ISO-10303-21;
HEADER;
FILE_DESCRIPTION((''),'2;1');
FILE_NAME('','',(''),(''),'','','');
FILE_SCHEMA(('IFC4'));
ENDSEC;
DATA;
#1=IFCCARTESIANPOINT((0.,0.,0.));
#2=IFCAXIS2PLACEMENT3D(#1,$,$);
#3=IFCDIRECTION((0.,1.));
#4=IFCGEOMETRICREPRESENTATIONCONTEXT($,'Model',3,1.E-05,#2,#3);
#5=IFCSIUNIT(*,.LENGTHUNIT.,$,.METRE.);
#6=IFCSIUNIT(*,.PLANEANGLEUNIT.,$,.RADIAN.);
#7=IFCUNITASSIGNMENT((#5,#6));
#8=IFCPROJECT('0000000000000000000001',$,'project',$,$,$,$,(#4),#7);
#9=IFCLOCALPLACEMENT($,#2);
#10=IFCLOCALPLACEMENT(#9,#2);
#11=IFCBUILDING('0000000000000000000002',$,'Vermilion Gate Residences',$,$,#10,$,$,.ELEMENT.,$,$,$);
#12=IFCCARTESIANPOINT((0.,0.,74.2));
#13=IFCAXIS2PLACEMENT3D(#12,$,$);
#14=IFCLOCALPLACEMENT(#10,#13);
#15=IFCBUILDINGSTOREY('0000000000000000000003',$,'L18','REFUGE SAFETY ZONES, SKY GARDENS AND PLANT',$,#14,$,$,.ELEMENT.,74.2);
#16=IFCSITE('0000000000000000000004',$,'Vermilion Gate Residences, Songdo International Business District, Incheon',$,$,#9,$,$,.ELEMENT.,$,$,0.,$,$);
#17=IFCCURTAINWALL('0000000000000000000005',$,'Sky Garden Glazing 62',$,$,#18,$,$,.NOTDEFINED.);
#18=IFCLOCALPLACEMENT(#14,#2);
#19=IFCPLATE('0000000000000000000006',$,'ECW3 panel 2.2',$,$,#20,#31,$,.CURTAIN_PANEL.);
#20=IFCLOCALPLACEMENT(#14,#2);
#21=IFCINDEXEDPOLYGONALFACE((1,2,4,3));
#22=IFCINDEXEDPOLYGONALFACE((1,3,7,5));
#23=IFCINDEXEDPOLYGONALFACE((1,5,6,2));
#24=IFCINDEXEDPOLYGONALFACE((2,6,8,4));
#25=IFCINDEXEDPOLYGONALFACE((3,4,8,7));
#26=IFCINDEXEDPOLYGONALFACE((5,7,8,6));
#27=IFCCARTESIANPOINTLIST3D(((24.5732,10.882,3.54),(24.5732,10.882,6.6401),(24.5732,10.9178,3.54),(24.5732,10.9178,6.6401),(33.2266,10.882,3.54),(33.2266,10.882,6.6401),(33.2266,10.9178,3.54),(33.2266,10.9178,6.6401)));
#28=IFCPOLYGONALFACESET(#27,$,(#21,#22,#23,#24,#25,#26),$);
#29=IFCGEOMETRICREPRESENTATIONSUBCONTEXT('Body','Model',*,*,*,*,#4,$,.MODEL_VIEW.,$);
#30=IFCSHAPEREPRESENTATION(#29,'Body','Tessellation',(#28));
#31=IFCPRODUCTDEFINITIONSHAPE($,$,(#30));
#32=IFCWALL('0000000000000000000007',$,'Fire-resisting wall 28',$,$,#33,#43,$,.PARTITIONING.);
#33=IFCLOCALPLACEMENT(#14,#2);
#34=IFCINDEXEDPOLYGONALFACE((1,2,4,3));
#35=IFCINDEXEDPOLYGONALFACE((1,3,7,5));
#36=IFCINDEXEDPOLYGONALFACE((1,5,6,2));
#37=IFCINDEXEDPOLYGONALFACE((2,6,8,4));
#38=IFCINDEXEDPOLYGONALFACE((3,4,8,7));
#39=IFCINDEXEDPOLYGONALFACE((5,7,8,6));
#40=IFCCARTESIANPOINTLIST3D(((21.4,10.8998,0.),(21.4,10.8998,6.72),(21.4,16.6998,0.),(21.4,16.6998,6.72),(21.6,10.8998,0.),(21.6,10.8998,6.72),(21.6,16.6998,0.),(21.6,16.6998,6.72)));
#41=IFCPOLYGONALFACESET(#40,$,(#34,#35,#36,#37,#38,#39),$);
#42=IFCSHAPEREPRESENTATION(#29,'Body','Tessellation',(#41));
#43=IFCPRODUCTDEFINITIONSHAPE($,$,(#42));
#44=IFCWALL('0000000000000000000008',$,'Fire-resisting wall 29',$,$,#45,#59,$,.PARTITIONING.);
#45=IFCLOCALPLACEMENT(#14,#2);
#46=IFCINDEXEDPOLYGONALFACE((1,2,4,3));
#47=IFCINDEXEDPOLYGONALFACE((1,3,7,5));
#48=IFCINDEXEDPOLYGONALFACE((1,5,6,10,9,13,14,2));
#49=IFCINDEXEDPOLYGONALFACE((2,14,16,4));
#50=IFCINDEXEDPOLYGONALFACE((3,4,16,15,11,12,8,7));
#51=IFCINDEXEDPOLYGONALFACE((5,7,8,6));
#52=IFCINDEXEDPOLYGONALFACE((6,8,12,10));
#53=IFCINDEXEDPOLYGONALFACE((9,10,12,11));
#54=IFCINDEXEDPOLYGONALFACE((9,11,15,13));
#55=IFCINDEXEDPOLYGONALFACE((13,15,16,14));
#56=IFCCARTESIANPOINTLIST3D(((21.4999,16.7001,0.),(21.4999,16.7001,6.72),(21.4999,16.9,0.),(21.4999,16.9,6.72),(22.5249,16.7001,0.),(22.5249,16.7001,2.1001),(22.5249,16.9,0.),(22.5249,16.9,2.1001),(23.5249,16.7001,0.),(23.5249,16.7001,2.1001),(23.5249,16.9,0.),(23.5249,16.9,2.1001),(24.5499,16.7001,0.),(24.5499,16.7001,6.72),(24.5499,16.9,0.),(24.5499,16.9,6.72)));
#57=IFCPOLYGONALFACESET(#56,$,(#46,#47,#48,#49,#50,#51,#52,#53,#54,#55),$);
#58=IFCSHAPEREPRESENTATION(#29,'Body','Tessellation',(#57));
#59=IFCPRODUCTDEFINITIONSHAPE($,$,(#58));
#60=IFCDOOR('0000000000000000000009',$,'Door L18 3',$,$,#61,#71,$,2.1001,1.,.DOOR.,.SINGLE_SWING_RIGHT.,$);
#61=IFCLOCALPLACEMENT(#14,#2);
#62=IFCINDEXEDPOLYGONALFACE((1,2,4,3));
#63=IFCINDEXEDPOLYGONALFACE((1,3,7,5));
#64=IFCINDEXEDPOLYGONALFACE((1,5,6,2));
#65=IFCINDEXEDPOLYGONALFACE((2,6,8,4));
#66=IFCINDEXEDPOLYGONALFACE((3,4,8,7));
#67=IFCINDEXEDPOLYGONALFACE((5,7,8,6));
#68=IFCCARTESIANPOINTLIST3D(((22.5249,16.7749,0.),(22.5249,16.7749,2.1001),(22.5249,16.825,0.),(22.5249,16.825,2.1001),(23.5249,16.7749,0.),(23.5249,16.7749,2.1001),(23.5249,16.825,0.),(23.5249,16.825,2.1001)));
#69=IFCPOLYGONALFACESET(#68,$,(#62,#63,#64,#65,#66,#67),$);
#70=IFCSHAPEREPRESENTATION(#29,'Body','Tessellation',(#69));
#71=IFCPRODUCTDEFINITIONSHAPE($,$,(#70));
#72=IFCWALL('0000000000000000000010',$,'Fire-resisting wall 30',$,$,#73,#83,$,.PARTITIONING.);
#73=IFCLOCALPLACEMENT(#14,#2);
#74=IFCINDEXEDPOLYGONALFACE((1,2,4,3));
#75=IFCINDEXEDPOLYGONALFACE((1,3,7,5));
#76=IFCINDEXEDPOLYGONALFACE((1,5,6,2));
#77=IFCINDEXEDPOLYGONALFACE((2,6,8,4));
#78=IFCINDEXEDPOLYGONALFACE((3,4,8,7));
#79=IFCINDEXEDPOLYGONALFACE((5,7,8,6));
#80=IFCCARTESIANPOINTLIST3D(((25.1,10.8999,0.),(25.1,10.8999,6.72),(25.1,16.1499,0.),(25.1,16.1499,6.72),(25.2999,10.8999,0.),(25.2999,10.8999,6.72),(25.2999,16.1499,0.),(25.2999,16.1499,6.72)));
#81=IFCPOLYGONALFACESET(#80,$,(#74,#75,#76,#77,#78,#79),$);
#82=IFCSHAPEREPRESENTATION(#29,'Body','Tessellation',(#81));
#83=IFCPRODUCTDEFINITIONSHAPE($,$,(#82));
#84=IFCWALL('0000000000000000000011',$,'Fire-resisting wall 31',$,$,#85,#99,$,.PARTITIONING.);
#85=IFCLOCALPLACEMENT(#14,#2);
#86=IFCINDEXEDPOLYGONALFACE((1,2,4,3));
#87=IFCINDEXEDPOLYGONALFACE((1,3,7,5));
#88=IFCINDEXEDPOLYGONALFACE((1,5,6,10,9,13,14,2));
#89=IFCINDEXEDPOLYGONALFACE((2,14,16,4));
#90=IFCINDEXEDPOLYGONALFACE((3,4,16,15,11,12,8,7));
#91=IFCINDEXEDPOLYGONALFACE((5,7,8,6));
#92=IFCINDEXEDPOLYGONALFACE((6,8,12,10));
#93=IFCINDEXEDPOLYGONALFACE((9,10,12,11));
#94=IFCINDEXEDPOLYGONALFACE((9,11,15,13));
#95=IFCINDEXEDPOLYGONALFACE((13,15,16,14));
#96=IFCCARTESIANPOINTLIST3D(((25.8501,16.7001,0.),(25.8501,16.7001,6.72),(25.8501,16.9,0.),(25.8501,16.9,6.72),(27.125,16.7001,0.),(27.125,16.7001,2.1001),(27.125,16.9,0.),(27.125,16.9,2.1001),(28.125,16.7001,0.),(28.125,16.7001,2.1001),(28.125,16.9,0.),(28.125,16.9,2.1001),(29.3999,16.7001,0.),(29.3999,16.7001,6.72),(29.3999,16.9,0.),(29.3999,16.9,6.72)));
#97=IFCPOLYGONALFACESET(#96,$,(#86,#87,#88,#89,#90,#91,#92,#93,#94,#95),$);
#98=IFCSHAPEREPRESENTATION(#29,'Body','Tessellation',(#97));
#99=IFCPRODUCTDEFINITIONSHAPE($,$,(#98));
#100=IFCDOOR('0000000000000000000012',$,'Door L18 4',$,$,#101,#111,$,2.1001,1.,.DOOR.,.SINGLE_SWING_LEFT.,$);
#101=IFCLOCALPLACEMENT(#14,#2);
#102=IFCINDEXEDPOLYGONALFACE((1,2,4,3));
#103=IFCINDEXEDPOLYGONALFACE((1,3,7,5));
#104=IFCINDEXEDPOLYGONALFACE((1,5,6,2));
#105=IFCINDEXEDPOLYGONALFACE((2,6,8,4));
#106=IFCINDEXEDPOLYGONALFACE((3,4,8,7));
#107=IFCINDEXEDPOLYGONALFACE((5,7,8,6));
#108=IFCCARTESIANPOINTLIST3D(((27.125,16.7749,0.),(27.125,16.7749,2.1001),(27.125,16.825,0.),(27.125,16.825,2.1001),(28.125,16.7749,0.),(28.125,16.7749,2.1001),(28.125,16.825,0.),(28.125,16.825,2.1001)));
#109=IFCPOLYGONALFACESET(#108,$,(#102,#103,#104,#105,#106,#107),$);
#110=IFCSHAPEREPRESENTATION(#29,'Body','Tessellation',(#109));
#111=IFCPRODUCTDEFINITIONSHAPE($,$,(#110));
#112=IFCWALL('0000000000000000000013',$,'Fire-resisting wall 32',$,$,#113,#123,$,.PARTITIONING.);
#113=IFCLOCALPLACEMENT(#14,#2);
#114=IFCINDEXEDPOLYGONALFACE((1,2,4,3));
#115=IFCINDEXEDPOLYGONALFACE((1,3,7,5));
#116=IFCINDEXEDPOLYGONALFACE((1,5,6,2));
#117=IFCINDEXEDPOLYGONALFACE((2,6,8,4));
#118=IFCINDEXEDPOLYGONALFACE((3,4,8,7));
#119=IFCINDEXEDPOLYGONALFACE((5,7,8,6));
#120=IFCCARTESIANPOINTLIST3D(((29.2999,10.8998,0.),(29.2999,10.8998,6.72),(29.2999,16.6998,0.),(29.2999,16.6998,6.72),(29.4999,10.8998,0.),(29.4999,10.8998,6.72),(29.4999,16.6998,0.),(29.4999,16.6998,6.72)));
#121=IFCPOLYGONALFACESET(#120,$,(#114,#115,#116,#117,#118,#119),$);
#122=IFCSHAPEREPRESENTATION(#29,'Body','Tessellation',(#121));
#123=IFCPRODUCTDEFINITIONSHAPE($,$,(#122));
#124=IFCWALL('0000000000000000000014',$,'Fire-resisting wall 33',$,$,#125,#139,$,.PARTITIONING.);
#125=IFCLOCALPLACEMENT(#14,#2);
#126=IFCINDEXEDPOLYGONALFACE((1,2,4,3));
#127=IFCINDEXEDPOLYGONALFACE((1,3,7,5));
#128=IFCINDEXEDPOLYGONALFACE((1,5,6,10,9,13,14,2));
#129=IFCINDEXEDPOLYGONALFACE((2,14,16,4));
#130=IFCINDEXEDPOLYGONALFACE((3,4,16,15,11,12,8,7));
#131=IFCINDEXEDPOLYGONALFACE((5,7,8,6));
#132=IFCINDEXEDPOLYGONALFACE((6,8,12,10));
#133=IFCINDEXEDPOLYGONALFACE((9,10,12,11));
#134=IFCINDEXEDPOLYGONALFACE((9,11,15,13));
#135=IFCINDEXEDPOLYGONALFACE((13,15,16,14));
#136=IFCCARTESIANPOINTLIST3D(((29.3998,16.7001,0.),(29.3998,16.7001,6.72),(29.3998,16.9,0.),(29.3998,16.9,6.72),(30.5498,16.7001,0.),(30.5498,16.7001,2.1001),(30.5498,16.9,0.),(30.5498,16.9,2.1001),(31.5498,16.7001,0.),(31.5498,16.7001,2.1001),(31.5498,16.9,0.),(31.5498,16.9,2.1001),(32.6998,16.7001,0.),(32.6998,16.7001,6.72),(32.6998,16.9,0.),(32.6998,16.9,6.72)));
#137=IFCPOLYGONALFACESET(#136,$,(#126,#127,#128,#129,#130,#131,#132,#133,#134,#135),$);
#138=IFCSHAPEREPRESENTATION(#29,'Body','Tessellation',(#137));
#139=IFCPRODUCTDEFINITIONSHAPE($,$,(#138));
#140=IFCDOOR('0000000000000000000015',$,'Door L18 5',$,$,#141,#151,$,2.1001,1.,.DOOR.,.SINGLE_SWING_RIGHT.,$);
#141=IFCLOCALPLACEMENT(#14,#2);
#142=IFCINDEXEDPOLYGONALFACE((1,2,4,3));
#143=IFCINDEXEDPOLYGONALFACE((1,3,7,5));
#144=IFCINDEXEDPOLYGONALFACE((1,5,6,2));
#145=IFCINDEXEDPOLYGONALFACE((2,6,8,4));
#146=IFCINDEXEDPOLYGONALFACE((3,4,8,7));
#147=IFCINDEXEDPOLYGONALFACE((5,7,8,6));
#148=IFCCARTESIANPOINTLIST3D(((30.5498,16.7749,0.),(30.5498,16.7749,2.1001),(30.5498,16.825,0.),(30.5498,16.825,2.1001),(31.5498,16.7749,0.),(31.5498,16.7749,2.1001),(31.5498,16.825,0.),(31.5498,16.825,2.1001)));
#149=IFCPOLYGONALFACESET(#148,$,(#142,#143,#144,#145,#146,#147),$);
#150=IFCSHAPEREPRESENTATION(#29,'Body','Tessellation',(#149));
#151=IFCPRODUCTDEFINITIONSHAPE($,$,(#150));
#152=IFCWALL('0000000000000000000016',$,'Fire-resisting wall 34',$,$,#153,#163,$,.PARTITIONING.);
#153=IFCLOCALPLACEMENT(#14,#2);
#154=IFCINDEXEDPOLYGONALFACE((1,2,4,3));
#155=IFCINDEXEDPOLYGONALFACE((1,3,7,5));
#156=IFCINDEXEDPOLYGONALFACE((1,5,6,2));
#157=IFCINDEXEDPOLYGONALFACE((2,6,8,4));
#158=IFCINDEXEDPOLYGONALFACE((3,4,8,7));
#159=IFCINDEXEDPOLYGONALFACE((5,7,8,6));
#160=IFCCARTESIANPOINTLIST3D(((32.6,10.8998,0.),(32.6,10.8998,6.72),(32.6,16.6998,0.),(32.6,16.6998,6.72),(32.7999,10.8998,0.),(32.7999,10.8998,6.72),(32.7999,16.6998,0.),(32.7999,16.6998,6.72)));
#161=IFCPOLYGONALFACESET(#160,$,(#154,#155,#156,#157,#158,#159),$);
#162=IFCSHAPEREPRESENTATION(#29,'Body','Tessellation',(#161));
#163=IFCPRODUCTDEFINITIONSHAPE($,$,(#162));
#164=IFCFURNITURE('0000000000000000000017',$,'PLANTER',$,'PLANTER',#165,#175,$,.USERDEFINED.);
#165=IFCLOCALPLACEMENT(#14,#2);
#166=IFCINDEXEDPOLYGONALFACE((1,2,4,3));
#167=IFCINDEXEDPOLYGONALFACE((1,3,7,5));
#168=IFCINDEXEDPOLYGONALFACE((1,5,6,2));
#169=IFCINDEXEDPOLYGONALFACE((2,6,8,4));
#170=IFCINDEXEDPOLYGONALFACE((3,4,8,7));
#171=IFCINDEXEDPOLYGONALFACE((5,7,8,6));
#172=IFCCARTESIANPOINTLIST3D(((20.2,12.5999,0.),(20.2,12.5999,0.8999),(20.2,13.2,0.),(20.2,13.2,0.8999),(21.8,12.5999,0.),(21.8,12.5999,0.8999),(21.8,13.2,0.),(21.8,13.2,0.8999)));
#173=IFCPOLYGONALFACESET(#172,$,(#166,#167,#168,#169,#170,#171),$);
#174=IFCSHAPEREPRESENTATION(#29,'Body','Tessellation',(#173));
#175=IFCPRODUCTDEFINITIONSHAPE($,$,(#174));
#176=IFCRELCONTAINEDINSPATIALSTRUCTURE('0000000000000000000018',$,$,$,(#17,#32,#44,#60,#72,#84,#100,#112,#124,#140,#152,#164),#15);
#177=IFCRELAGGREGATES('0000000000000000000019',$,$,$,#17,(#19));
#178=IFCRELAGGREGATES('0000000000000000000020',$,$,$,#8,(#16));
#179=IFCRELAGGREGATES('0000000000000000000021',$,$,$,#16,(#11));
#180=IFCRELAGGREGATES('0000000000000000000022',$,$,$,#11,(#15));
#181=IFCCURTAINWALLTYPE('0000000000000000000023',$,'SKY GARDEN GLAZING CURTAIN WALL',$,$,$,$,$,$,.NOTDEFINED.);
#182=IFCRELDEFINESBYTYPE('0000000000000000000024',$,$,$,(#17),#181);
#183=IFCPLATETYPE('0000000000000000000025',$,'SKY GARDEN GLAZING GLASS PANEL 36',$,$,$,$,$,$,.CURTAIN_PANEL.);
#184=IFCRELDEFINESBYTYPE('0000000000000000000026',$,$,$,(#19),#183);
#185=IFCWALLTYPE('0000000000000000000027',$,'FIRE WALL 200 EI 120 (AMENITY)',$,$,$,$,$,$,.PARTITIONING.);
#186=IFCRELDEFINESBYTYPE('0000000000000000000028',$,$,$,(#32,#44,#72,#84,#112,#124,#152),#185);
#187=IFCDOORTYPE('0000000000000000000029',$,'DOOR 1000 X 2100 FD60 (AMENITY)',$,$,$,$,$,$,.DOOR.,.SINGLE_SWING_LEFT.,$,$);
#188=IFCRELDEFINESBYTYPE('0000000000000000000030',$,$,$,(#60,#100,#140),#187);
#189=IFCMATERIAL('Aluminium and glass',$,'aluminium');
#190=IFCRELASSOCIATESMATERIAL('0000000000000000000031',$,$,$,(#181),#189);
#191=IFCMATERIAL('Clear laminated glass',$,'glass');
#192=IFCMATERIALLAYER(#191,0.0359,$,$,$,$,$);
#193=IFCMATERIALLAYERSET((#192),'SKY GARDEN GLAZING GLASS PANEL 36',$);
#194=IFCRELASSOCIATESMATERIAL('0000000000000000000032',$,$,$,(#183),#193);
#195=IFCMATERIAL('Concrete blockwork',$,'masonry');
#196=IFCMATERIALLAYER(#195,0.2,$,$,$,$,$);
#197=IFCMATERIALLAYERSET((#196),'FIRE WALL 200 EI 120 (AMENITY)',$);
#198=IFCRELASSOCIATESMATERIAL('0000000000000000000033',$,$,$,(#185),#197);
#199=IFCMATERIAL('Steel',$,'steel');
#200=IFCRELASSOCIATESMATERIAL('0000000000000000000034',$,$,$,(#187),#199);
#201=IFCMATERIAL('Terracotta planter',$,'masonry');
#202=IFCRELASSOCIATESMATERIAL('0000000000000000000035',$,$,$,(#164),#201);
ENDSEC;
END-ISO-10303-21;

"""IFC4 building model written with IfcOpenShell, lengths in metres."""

from ifc_helpers import new_model, si_unit, direction, frame, frame_2d, origin, origin_2d, place, context, subcontext, project, spatial, rectangle, extrude, material, layer, layer_set, type_object, element, fill, aggregate, save


model = new_model("IFC4")

# Units and contexts
model_context = context("Model", 3, precision=1e-05, world=origin(), true_north=direction((0.0, 1.0)))
body_context = subcontext(model_context, "Body", "Model", "MODEL_VIEW")
ifc_project = project(units=[si_unit("LENGTHUNIT", "METRE"), si_unit("PLANEANGLEUNIT", "RADIAN")], contexts=[model_context])

# Site, building, storey
site_placement = place(None, origin())
site = spatial("IfcSite", under=ifc_project, at=site_placement, Name="Vermilion Gate Residences, Songdo International Business District, Incheon", CompositionType="ELEMENT", RefElevation=0.0)
building_placement = place(site_placement, origin())
building = spatial("IfcBuilding", under=site, at=building_placement, Name="Vermilion Gate Residences", CompositionType="ELEMENT")
storey_placement = place(building_placement, frame((0.0, 0.0, 74.2)))
storey = spatial("IfcBuildingStorey", under=building, at=storey_placement, Name="L18", Description="REFUGE SAFETY ZONES, SKY GARDENS AND PLANT", CompositionType="ELEMENT", Elevation=74.2)

# Curtain wall
ifc_material_1 = material(Name="Aluminium and glass", Category="aluminium")
curtain_wall_type = type_object("IfcCurtainWallType", Name="SKY GARDEN GLAZING CURTAIN WALL", PredefinedType="NOTDEFINED", material=ifc_material_1)
curtain_wall_1_placement = place(storey_placement, origin())
curtain_wall_1 = element("IfcCurtainWall", 1, at=curtain_wall_1_placement, inside=storey, type_object=curtain_wall_type, Name="Sky Garden Glazing 62", PredefinedType="NOTDEFINED")

# Plate
ifc_material_2 = material(Name="Clear laminated glass", Category="glass")
ifc_layer_1 = layer(ifc_material_2, 0.0359)
ifc_layer_set_1 = layer_set([ifc_layer_1], Name="SKY GARDEN GLAZING GLASS PANEL 36")
plate_type = type_object("IfcPlateType", Name="SKY GARDEN GLAZING GLASS PANEL 36", PredefinedType="CURTAIN_PANEL", material=ifc_layer_set_1)
plate_1_placement = place(storey_placement, frame((28.8999, 10.8999, 3.54), z_axis=(0.0, 0.0, 1.0), x_axis=(1.0, 0.0, 0.0)))
plate_1 = element("IfcPlate", 2, at=plate_1_placement, type_object=plate_type, Name="ECW3 panel 2.2", PredefinedType="CURTAIN_PANEL", context=body_context, shape_type="SweptSolid", body=[
    extrude(rectangle(XDim=8.6533, YDim=0.0359, at=origin_2d()), origin(), (0.0, 0.0, 1.0), 3.1001),
])
aggregate(curtain_wall_1, [plate_1])

# Wall
ifc_material_3 = material(Name="Concrete blockwork", Category="masonry")
ifc_layer_2 = layer(ifc_material_3, 0.2)
ifc_layer_set_2 = layer_set([ifc_layer_2], Name="FIRE WALL 200 EI 120 (AMENITY)")
wall_type = type_object("IfcWallType", Name="FIRE WALL 200 EI 120 (AMENITY)", PredefinedType="PARTITIONING", material=ifc_layer_set_2)
wall_1_placement = place(storey_placement, frame((21.5, 10.8999, 0.0), z_axis=(0.0, 0.0, 1.0), x_axis=(0.0, 1.0, 0.0)))
element("IfcWall", 3, at=wall_1_placement, inside=storey, type_object=wall_type, Name="Fire-resisting wall 28", PredefinedType="PARTITIONING", context=body_context, shape_type="SweptSolid", body=[
    extrude(rectangle(XDim=5.8, YDim=0.2, at=frame_2d((2.8999, 0.0))), origin(), (0.0, 0.0, 1.0), 6.72),
])

# Wall, opening, door
wall_2_placement = place(storey_placement, frame((21.5, 16.8, 0.0), z_axis=(0.0, 0.0, 1.0), x_axis=(1.0, 0.0, 0.0)))
wall_2 = element("IfcWall", 4, at=wall_2_placement, inside=storey, type_object=wall_type, Name="Fire-resisting wall 29", PredefinedType="PARTITIONING", context=body_context, shape_type="SweptSolid", body=[
    extrude(rectangle(XDim=3.05, YDim=0.2, at=frame_2d((1.5249, 0.0))), origin(), (0.0, 0.0, 1.0), 6.72),
])
opening_1_placement = place(wall_2_placement, frame((1.0249, 0.0, 0.0)))
opening_1 = element("IfcOpeningElement", 5, at=opening_1_placement, cuts=wall_2, PredefinedType="OPENING", context=body_context, shape_type="SweptSolid", body=[
    extrude(rectangle(XDim=1.0, YDim=2.1001, at=frame_2d((0.5, 1.05))), frame((0.0, 0.1099, 0.0), z_axis=(0.0, -1.0, 0.0), x_axis=(1.0, 0.0, 0.0)), (0.0, 0.0, 1.0), 0.22),
])
ifc_material_4 = material(Name="Steel", Category="steel")
door_type = type_object("IfcDoorType", Name="DOOR 1000 X 2100 FD60 (AMENITY)", OperationType="SINGLE_SWING_LEFT", PredefinedType="DOOR", material=ifc_material_4)
door_1_placement = place(opening_1_placement, origin())
door_1 = element("IfcDoor", 6, at=door_1_placement, inside=storey, type_object=door_type, Name="Door L18 3", OperationType="SINGLE_SWING_RIGHT", OverallHeight=2.1001, OverallWidth=1.0, PredefinedType="DOOR", context=body_context, shape_type="SweptSolid", body=[
    extrude(rectangle(XDim=1.0, YDim=2.1001, at=frame_2d((0.5, 1.05))), frame((0.0, 0.0249, 0.0), z_axis=(0.0, -1.0, 0.0), x_axis=(1.0, 0.0, 0.0)), (0.0, 0.0, 1.0), 0.05),
])
fill(opening_1, door_1)

# Wall
wall_3_placement = place(storey_placement, frame((25.2, 10.8999, 0.0), z_axis=(0.0, 0.0, 1.0), x_axis=(0.0, 1.0, 0.0)))
element("IfcWall", 7, at=wall_3_placement, inside=storey, type_object=wall_type, Name="Fire-resisting wall 30", PredefinedType="PARTITIONING", context=body_context, shape_type="SweptSolid", body=[
    extrude(rectangle(XDim=5.25, YDim=0.2, at=frame_2d((2.625, 0.0))), origin(), (0.0, 0.0, 1.0), 6.72),
])

# Wall, opening, door
wall_4_placement = place(storey_placement, frame((25.8501, 16.8, 0.0), z_axis=(0.0, 0.0, 1.0), x_axis=(1.0, 0.0, 0.0)))
wall_4 = element("IfcWall", 8, at=wall_4_placement, inside=storey, type_object=wall_type, Name="Fire-resisting wall 31", PredefinedType="PARTITIONING", context=body_context, shape_type="SweptSolid", body=[
    extrude(rectangle(XDim=3.5498, YDim=0.2, at=frame_2d((1.7749, 0.0))), origin(), (0.0, 0.0, 1.0), 6.72),
])
opening_2_placement = place(wall_4_placement, frame((1.2749, 0.0, 0.0)))
opening_2 = element("IfcOpeningElement", 9, at=opening_2_placement, cuts=wall_4, PredefinedType="OPENING", context=body_context, shape_type="SweptSolid", body=[
    extrude(rectangle(XDim=1.0, YDim=2.1001, at=frame_2d((0.5, 1.05))), frame((0.0, 0.1099, 0.0), z_axis=(0.0, -1.0, 0.0), x_axis=(1.0, 0.0, 0.0)), (0.0, 0.0, 1.0), 0.22),
])
door_2_placement = place(opening_2_placement, origin())
door_2 = element("IfcDoor", 10, at=door_2_placement, inside=storey, type_object=door_type, Name="Door L18 4", OperationType="SINGLE_SWING_LEFT", OverallHeight=2.1001, OverallWidth=1.0, PredefinedType="DOOR", context=body_context, shape_type="SweptSolid", body=[
    extrude(rectangle(XDim=1.0, YDim=2.1001, at=frame_2d((0.5, 1.05))), frame((0.0, 0.0249, 0.0), z_axis=(0.0, -1.0, 0.0), x_axis=(1.0, 0.0, 0.0)), (0.0, 0.0, 1.0), 0.05),
])
fill(opening_2, door_2)

# Wall
wall_5_placement = place(storey_placement, frame((29.3999, 10.8999, 0.0), z_axis=(0.0, 0.0, 1.0), x_axis=(0.0, 1.0, 0.0)))
element("IfcWall", 11, at=wall_5_placement, inside=storey, type_object=wall_type, Name="Fire-resisting wall 32", PredefinedType="PARTITIONING", context=body_context, shape_type="SweptSolid", body=[
    extrude(rectangle(XDim=5.8, YDim=0.2, at=frame_2d((2.8999, 0.0))), origin(), (0.0, 0.0, 1.0), 6.72),
])

# Wall, opening, door
wall_6_placement = place(storey_placement, frame((29.3999, 16.8, 0.0), z_axis=(0.0, 0.0, 1.0), x_axis=(1.0, 0.0, 0.0)))
wall_6 = element("IfcWall", 12, at=wall_6_placement, inside=storey, type_object=wall_type, Name="Fire-resisting wall 33", PredefinedType="PARTITIONING", context=body_context, shape_type="SweptSolid", body=[
    extrude(rectangle(XDim=3.3, YDim=0.2, at=frame_2d((1.6499, 0.0))), origin(), (0.0, 0.0, 1.0), 6.72),
])
opening_3_placement = place(wall_6_placement, frame((1.1499, 0.0, 0.0)))
opening_3 = element("IfcOpeningElement", 13, at=opening_3_placement, cuts=wall_6, PredefinedType="OPENING", context=body_context, shape_type="SweptSolid", body=[
    extrude(rectangle(XDim=1.0, YDim=2.1001, at=frame_2d((0.5, 1.05))), frame((0.0, 0.1099, 0.0), z_axis=(0.0, -1.0, 0.0), x_axis=(1.0, 0.0, 0.0)), (0.0, 0.0, 1.0), 0.22),
])
door_3_placement = place(opening_3_placement, origin())
door_3 = element("IfcDoor", 14, at=door_3_placement, inside=storey, type_object=door_type, Name="Door L18 5", OperationType="SINGLE_SWING_RIGHT", OverallHeight=2.1001, OverallWidth=1.0, PredefinedType="DOOR", context=body_context, shape_type="SweptSolid", body=[
    extrude(rectangle(XDim=1.0, YDim=2.1001, at=frame_2d((0.5, 1.05))), frame((0.0, 0.0249, 0.0), z_axis=(0.0, -1.0, 0.0), x_axis=(1.0, 0.0, 0.0)), (0.0, 0.0, 1.0), 0.05),
])
fill(opening_3, door_3)

# Wall
wall_7_placement = place(storey_placement, frame((32.7, 10.8999, 0.0), z_axis=(0.0, 0.0, 1.0), x_axis=(0.0, 1.0, 0.0)))
element("IfcWall", 15, at=wall_7_placement, inside=storey, type_object=wall_type, Name="Fire-resisting wall 34", PredefinedType="PARTITIONING", context=body_context, shape_type="SweptSolid", body=[
    extrude(rectangle(XDim=5.8, YDim=0.2, at=frame_2d((2.8999, 0.0))), origin(), (0.0, 0.0, 1.0), 6.72),
])

# Furniture
ifc_material_5 = material(Name="Terracotta planter", Category="masonry")
furniture_placement = place(storey_placement, frame((21.0, 12.8999, 0.0), z_axis=(0.0, 0.0, 1.0), x_axis=(1.0, 0.0, 0.0)))
element("IfcFurniture", 16, at=furniture_placement, inside=storey, material=ifc_material_5, Name="PLANTER", ObjectType="PLANTER", PredefinedType="USERDEFINED", context=body_context, shape_type="SweptSolid", body=[
    extrude(rectangle(XDim=1.6001, YDim=0.6001, at=origin_2d()), origin(), (0.0, 0.0, 1.0), 0.8999),
])

save(model, "model.ifc")
